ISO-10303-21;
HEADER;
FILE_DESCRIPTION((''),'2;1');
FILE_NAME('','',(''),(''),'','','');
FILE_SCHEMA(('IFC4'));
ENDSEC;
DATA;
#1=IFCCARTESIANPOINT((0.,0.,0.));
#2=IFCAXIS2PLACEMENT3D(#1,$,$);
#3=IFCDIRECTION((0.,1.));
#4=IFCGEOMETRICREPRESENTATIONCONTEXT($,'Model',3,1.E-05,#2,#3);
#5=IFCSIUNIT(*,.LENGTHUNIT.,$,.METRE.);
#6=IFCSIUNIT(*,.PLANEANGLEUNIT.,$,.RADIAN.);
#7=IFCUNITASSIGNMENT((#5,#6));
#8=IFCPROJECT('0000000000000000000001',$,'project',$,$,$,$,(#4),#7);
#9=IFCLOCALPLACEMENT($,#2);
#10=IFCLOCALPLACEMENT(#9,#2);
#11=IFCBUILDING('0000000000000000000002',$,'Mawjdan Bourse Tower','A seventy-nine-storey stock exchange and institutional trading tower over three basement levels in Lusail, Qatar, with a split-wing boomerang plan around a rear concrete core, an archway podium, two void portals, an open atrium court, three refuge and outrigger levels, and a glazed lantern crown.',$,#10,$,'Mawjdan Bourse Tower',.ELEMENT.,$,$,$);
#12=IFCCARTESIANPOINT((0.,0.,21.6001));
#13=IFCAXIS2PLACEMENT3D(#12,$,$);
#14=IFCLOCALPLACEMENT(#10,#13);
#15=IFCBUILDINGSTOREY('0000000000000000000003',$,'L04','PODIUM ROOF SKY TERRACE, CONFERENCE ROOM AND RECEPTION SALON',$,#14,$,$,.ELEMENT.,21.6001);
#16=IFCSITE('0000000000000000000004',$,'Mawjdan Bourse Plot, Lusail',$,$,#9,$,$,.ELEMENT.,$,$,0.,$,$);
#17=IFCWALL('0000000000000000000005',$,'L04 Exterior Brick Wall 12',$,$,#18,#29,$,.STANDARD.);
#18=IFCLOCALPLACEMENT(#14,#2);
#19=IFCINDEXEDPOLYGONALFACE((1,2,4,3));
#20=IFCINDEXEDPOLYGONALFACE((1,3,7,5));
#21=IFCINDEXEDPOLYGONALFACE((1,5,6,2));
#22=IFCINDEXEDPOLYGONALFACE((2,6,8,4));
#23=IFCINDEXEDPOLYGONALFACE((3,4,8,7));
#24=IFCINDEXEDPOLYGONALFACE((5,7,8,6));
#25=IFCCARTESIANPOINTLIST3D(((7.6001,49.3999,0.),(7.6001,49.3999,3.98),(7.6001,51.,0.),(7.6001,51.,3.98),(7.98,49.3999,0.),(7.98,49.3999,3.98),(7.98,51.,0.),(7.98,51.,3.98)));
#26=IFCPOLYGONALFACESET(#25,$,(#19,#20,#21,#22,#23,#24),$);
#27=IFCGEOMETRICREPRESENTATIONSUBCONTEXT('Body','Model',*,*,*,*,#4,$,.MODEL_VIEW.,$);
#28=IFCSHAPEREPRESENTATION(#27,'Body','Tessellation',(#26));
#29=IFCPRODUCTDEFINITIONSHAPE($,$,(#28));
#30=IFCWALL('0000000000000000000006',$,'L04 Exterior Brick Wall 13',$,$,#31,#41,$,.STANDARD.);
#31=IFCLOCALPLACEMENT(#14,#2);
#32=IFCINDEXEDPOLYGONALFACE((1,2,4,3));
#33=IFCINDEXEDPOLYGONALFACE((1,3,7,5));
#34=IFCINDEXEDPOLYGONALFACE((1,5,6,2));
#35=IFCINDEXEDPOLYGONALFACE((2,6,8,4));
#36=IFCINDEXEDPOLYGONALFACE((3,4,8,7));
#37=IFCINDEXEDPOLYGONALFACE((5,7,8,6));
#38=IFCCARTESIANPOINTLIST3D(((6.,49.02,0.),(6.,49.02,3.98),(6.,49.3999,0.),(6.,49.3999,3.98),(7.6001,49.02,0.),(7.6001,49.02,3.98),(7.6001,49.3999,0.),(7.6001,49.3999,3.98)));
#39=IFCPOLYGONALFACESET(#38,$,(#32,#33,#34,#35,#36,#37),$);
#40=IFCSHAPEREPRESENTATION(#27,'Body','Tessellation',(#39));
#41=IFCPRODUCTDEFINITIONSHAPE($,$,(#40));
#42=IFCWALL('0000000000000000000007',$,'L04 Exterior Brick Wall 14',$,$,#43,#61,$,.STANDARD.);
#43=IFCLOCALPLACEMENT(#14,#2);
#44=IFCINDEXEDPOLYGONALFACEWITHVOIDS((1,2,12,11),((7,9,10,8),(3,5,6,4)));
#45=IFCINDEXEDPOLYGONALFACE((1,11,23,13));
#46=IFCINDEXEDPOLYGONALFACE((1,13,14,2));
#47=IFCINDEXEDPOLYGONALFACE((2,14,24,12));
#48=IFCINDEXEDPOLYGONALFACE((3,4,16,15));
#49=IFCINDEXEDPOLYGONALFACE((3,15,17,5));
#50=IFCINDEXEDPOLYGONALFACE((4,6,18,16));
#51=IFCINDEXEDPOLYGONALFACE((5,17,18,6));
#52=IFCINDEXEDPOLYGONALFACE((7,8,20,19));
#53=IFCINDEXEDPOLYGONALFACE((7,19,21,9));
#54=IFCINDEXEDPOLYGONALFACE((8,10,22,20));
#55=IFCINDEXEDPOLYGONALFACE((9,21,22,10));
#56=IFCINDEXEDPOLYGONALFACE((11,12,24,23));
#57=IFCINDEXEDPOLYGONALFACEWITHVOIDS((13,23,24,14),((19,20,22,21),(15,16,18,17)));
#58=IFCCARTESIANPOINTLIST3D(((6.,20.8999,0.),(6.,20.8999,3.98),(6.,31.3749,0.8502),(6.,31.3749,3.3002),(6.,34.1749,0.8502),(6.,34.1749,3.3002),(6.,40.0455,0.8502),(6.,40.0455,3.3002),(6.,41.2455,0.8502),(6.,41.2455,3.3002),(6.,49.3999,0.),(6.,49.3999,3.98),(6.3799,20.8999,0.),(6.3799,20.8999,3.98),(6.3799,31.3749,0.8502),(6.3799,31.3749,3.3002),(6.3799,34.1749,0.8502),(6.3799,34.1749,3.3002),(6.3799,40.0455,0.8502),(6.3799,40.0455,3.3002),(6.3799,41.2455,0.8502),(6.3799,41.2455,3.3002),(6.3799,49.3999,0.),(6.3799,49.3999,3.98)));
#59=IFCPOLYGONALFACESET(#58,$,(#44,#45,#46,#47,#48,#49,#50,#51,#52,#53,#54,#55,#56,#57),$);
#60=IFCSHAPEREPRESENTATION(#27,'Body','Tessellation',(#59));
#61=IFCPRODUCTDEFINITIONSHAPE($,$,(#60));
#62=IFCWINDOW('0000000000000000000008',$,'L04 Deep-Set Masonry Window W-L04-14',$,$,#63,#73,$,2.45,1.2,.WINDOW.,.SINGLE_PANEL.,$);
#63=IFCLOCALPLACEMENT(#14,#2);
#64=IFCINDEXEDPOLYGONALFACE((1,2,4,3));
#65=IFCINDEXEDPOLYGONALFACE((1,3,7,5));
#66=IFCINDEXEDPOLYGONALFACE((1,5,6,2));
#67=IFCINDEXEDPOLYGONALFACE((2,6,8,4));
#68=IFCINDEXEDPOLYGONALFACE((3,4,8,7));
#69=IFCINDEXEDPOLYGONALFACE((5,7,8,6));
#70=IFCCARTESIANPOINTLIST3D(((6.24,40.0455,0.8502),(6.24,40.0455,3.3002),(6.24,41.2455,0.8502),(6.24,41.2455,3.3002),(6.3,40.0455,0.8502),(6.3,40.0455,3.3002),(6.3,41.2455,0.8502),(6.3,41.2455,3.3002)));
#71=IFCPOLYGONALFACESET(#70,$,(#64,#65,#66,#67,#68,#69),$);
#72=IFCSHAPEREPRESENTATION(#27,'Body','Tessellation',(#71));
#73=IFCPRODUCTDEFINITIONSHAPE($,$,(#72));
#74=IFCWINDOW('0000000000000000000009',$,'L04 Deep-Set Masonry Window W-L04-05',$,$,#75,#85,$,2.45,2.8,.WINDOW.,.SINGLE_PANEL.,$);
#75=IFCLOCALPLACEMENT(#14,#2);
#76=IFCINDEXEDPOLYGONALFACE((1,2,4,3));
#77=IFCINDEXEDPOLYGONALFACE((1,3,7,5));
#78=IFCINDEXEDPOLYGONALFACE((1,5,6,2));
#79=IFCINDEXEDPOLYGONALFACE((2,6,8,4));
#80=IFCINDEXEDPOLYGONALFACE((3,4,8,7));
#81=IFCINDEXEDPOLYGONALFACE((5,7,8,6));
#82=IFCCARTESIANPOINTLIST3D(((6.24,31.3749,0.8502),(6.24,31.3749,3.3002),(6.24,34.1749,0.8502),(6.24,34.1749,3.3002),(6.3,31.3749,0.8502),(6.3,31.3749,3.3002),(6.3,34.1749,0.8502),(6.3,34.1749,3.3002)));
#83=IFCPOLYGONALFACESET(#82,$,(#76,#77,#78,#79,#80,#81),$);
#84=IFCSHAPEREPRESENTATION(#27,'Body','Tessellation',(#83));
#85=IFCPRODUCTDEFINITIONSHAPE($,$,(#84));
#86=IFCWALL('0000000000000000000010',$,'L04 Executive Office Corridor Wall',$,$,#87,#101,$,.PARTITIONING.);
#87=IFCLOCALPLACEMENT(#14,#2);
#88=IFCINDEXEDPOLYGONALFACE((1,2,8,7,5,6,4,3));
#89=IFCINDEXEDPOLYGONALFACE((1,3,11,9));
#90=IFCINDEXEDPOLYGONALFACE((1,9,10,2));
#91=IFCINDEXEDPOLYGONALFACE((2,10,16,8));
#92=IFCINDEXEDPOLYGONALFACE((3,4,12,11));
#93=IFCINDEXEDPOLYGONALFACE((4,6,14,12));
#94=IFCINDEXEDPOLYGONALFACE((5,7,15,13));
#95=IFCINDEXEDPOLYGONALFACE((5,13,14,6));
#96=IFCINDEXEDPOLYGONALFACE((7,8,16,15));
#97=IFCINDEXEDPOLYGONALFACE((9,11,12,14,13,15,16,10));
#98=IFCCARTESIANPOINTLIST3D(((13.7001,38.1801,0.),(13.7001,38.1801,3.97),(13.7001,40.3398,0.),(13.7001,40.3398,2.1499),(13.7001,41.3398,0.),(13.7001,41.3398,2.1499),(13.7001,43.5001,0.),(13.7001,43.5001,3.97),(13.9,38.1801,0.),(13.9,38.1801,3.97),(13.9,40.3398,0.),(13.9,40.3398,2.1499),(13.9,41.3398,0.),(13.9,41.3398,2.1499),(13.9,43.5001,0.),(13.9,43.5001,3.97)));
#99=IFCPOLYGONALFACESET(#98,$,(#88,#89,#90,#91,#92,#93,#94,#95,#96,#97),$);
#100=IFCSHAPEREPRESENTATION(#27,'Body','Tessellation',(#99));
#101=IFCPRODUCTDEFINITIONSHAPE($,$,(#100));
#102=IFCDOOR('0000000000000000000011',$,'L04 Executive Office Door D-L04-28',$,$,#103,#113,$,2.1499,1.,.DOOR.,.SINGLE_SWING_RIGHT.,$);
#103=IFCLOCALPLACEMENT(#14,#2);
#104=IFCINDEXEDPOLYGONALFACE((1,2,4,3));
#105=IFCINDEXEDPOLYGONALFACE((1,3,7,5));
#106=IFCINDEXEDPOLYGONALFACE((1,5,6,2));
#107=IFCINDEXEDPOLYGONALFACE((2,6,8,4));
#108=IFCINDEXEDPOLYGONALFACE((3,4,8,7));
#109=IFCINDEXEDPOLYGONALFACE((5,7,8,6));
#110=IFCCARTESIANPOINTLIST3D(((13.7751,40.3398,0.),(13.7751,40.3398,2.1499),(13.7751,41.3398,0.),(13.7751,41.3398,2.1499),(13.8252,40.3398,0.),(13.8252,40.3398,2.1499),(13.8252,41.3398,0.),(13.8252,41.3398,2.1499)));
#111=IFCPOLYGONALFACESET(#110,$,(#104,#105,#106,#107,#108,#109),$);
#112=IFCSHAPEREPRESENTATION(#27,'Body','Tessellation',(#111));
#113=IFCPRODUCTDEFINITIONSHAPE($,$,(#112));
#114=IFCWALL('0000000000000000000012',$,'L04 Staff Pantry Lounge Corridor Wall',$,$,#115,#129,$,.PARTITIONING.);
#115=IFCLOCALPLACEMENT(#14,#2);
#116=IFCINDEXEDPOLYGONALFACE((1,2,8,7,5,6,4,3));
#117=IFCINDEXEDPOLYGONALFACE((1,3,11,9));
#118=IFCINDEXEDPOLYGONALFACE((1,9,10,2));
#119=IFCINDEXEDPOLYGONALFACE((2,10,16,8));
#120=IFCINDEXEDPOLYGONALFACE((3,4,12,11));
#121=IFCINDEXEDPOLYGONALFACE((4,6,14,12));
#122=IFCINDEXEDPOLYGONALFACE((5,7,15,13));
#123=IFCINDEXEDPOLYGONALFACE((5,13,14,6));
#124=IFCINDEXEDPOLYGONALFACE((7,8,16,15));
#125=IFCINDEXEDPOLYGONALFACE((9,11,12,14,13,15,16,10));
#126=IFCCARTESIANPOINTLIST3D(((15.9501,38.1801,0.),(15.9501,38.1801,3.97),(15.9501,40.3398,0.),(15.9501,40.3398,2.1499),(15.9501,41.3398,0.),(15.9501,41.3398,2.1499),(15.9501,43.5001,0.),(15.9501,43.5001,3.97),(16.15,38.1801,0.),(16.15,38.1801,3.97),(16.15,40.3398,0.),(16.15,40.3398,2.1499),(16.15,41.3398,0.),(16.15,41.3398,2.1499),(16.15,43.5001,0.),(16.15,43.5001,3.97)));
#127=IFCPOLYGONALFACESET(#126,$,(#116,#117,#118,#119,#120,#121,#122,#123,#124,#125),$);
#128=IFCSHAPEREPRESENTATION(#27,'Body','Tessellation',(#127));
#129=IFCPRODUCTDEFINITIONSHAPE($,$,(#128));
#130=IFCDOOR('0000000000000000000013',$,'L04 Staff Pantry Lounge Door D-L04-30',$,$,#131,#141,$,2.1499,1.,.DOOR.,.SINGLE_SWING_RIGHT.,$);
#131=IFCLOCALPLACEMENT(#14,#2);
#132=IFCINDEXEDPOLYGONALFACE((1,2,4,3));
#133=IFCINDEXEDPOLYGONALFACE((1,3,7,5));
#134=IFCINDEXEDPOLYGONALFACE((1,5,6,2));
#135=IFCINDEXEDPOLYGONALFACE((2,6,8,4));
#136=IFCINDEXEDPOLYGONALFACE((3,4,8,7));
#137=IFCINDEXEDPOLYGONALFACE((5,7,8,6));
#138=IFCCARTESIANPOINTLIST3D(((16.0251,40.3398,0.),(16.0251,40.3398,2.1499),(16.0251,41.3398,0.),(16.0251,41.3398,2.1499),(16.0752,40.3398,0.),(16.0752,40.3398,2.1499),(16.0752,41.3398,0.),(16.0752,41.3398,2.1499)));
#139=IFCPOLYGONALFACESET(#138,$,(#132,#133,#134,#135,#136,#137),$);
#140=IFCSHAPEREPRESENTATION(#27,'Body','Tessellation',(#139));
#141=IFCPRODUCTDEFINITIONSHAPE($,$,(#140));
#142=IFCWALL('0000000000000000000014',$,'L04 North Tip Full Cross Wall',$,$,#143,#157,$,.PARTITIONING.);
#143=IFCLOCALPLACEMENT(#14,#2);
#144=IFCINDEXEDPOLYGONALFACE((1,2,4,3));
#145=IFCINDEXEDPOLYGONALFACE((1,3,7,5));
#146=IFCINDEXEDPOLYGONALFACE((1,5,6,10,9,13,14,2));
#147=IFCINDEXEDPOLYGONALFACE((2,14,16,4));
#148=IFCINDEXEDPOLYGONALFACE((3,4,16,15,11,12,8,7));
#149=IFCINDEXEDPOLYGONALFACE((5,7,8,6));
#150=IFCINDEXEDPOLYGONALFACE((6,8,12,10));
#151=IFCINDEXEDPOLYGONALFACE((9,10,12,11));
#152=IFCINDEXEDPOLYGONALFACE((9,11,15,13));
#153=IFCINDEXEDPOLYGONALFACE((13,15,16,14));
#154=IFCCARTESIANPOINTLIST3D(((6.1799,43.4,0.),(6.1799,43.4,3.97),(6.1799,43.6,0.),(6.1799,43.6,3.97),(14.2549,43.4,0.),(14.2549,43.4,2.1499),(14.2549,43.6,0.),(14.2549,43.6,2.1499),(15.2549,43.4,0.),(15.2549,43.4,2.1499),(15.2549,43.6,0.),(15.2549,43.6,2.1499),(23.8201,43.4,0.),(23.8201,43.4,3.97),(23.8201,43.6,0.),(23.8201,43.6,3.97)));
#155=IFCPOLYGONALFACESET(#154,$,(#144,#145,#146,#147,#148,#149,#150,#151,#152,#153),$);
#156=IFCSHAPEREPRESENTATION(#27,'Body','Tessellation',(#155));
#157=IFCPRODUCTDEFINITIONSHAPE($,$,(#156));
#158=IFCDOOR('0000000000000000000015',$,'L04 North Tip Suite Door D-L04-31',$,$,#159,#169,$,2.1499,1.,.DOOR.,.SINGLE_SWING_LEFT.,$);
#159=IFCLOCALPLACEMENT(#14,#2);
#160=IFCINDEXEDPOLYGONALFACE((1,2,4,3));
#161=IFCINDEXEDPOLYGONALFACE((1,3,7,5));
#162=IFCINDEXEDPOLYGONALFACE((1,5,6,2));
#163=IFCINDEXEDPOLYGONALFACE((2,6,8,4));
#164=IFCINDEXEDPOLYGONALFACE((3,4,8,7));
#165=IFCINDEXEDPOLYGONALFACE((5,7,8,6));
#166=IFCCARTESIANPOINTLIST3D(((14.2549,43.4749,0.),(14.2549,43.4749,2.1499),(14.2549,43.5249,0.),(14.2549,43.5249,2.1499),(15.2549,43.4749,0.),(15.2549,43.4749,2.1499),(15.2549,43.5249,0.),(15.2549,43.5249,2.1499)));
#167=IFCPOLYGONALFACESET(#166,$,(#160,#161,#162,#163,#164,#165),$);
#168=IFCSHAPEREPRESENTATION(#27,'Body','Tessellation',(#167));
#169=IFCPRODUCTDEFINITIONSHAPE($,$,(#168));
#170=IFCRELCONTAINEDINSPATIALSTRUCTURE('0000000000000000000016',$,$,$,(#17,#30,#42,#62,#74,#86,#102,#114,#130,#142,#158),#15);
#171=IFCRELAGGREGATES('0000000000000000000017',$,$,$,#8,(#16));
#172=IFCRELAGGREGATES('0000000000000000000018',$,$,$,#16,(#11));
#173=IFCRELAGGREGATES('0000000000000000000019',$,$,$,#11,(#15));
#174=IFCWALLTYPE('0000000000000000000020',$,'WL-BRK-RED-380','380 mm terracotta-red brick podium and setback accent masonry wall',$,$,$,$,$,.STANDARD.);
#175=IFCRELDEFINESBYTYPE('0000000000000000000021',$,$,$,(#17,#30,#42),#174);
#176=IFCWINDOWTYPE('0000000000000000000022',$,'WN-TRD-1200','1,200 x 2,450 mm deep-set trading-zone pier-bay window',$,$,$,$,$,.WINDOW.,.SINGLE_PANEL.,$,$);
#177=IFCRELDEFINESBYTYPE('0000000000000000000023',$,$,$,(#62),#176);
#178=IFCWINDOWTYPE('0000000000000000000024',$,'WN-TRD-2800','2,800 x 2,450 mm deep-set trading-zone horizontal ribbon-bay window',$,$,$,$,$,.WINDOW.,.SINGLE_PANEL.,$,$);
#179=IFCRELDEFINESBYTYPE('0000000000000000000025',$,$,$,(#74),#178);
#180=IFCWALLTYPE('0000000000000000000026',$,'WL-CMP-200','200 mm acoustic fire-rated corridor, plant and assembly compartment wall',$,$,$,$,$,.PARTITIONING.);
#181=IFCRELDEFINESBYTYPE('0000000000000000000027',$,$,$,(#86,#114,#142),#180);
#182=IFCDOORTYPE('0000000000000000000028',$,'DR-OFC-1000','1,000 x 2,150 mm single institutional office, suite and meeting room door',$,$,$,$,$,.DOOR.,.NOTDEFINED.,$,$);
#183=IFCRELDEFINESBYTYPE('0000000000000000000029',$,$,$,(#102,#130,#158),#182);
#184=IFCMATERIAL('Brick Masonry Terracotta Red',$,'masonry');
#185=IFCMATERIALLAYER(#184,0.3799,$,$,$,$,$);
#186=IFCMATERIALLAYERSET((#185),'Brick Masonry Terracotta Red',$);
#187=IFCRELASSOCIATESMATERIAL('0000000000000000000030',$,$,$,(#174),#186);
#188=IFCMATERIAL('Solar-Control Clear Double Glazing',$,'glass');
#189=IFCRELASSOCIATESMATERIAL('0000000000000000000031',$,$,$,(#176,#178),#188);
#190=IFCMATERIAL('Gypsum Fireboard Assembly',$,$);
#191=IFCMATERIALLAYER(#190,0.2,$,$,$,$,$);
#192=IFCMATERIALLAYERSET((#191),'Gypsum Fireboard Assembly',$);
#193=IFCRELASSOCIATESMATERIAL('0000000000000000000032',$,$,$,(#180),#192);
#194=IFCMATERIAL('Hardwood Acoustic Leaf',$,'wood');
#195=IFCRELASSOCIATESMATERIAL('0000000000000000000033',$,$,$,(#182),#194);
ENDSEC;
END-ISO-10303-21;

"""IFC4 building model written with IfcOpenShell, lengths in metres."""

from ifc_helpers import new_model, si_unit, direction, frame, frame_2d, origin, place, context, subcontext, project, spatial, rectangle, extrude, material, layer, layer_set, type_object, element, fill, save


model = new_model("IFC4")

# Units and contexts
model_context = context("Model", 3, precision=1e-05, world=origin(), true_north=direction((0.0, 1.0)))
body_context = subcontext(model_context, "Body", "Model", "MODEL_VIEW")
ifc_project = project(units=[si_unit("LENGTHUNIT", "METRE"), si_unit("PLANEANGLEUNIT", "RADIAN")], contexts=[model_context])

# Site, building, storey
site_placement = place(None, origin())
site = spatial("IfcSite", under=ifc_project, at=site_placement, Name="Mawjdan Bourse Plot, Lusail", CompositionType="ELEMENT", RefElevation=0.0)
building_placement = place(site_placement, origin())
building = spatial("IfcBuilding", under=site, at=building_placement, Name="Mawjdan Bourse Tower", Description="A seventy-nine-storey stock exchange and institutional trading tower over three basement levels in Lusail, Qatar, with a split-wing boomerang plan around a rear concrete core, an archway podium, two void portals, an open atrium court, three refuge and outrigger levels, and a glazed lantern crown.", LongName="Mawjdan Bourse Tower", CompositionType="ELEMENT")
storey_placement = place(building_placement, frame((0.0, 0.0, 21.6001)))
storey = spatial("IfcBuildingStorey", under=building, at=storey_placement, Name="L04", Description="PODIUM ROOF SKY TERRACE, CONFERENCE ROOM AND RECEPTION SALON", CompositionType="ELEMENT", Elevation=21.6001)

# Walls
ifc_material_1 = material(Name="Brick Masonry Terracotta Red", Category="masonry")
ifc_layer_1 = layer(ifc_material_1, 0.3799)
ifc_layer_set_1 = layer_set([ifc_layer_1], Name="Brick Masonry Terracotta Red")
wall_type_1 = type_object("IfcWallType", Name="WL-BRK-RED-380", Description="380 mm terracotta-red brick podium and setback accent masonry wall", PredefinedType="STANDARD", material=ifc_layer_set_1)
for number, where, z_axis, x_axis, name in (
    (1, (7.79, 51.0, 0.0), (0.0, 0.0, 1.0), (0.0, -1.0, 0.0), "L04 Exterior Brick Wall 12"),
    (2, (7.6001, 49.21, 0.0), (0.0, 0.0, 1.0), (-1.0, 0.0, 0.0), "L04 Exterior Brick Wall 13"),
):
    element("IfcWall", number, at=place(storey_placement, frame(where, z_axis=z_axis, x_axis=x_axis)), inside=storey, type_object=wall_type_1, Name=name, PredefinedType="STANDARD", context=body_context, shape_type="SweptSolid", body=[
        extrude(rectangle(XDim=1.6001, YDim=0.3799, at=frame_2d((0.8, 0.0))), origin(), (0.0, 0.0, 1.0), 3.98),
    ])

# Wall, openings, windows
wall_1_placement = place(storey_placement, frame((6.1899, 49.3999, 0.0), z_axis=(0.0, 0.0, 1.0), x_axis=(0.0, -1.0, 0.0)))
wall_1 = element("IfcWall", 3, at=wall_1_placement, inside=storey, type_object=wall_type_1, Name="L04 Exterior Brick Wall 14", PredefinedType="STANDARD", context=body_context, shape_type="SweptSolid", body=[
    extrude(rectangle(XDim=28.5, YDim=0.3799, at=frame_2d((14.25, 0.0))), origin(), (0.0, 0.0, 1.0), 3.98),
])
opening_1_placement = place(wall_1_placement, frame((15.2251, 0.0, 0.8501)))
opening_1 = element("IfcOpeningElement", 4, at=opening_1_placement, cuts=wall_1, PredefinedType="OPENING", context=body_context, shape_type="SweptSolid", body=[
    extrude(rectangle(XDim=2.8, YDim=2.45, at=frame_2d((1.3999, 1.2251))), frame((0.0, 0.2, 0.0), z_axis=(0.0, -1.0, 0.0), x_axis=(1.0, 0.0, 0.0)), (0.0, 0.0, 1.0), 0.3999),
])
opening_2_placement = place(wall_1_placement, frame((8.1543, 0.0, 0.8501)))
opening_2 = element("IfcOpeningElement", 5, at=opening_2_placement, cuts=wall_1, PredefinedType="OPENING", context=body_context, shape_type="SweptSolid", body=[
    extrude(rectangle(XDim=1.2, YDim=2.45, at=frame_2d((0.6001, 1.2251))), frame((0.0, 0.2, 0.0), z_axis=(0.0, -1.0, 0.0), x_axis=(1.0, 0.0, 0.0)), (0.0, 0.0, 1.0), 0.3999),
])
ifc_material_2 = material(Name="Solar-Control Clear Double Glazing", Category="glass")
window_type_1 = type_object("IfcWindowType", Name="WN-TRD-1200", Description="1,200 x 2,450 mm deep-set trading-zone pier-bay window", PartitioningType="SINGLE_PANEL", PredefinedType="WINDOW", material=ifc_material_2)
window_1_placement = place(opening_2_placement, origin())
window_1 = element("IfcWindow", 6, at=window_1_placement, inside=storey, type_object=window_type_1, Name="L04 Deep-Set Masonry Window W-L04-14", OverallHeight=2.45, OverallWidth=1.2, PartitioningType="SINGLE_PANEL", PredefinedType="WINDOW", context=body_context, shape_type="SweptSolid", body=[
    extrude(rectangle(XDim=1.2, YDim=2.45, at=frame_2d((0.6001, 1.2251))), frame((0.0, 0.1101, 0.0), z_axis=(0.0, -1.0, 0.0), x_axis=(1.0, 0.0, 0.0)), (0.0, 0.0, 1.0), 0.0601),
])
fill(opening_2, window_1)
window_type_2 = type_object("IfcWindowType", Name="WN-TRD-2800", Description="2,800 x 2,450 mm deep-set trading-zone horizontal ribbon-bay window", PartitioningType="SINGLE_PANEL", PredefinedType="WINDOW", material=ifc_material_2)
window_2_placement = place(opening_1_placement, origin())
window_2 = element("IfcWindow", 7, at=window_2_placement, inside=storey, type_object=window_type_2, Name="L04 Deep-Set Masonry Window W-L04-05", OverallHeight=2.45, OverallWidth=2.8, PartitioningType="SINGLE_PANEL", PredefinedType="WINDOW", context=body_context, shape_type="SweptSolid", body=[
    extrude(rectangle(XDim=2.8, YDim=2.45, at=frame_2d((1.3999, 1.2251))), frame((0.0, 0.1101, 0.0), z_axis=(0.0, -1.0, 0.0), x_axis=(1.0, 0.0, 0.0)), (0.0, 0.0, 1.0), 0.0601),
])
fill(opening_1, window_2)

# Walls, openings, doors
ifc_material_3 = material(Name="Gypsum Fireboard Assembly")
ifc_layer_2 = layer(ifc_material_3, 0.2)
ifc_layer_set_2 = layer_set([ifc_layer_2], Name="Gypsum Fireboard Assembly")
wall_type_2 = type_object("IfcWallType", Name="WL-CMP-200", Description="200 mm acoustic fire-rated corridor, plant and assembly compartment wall", PredefinedType="PARTITIONING", material=ifc_layer_set_2)
wall_2_placement = place(storey_placement, frame((13.8, 38.1799, 0.0), z_axis=(0.0, 0.0, 1.0), x_axis=(0.0, 1.0, 0.0)))
wall_2 = element("IfcWall", 8, at=wall_2_placement, inside=storey, type_object=wall_type_2, Name="L04 Executive Office Corridor Wall", PredefinedType="PARTITIONING", context=body_context, shape_type="SweptSolid", body=[
    extrude(rectangle(XDim=5.3201, YDim=0.2, at=frame_2d((2.6602, 0.0))), origin(), (0.0, 0.0, 1.0), 3.97),
])
opening_3_placement = place(wall_2_placement, frame((2.1599, 0.0, 0.0)))
opening_3 = element("IfcOpeningElement", 9, at=opening_3_placement, cuts=wall_2, PredefinedType="OPENING", context=body_context, shape_type="SweptSolid", body=[
    extrude(rectangle(XDim=1.0, YDim=2.1499, at=frame_2d((0.5, 1.075))), frame((0.0, 0.1099, 0.0), z_axis=(0.0, -1.0, 0.0), x_axis=(1.0, 0.0, 0.0)), (0.0, 0.0, 1.0), 0.22),
])
ifc_material_4 = material(Name="Hardwood Acoustic Leaf", Category="wood")
door_type = type_object("IfcDoorType", Name="DR-OFC-1000", Description="1,000 x 2,150 mm single institutional office, suite and meeting room door", OperationType="NOTDEFINED", PredefinedType="DOOR", material=ifc_material_4)
door_1_placement = place(opening_3_placement, origin())
door_1 = element("IfcDoor", 10, at=door_1_placement, inside=storey, type_object=door_type, Name="L04 Executive Office Door D-L04-28", OperationType="SINGLE_SWING_RIGHT", OverallHeight=2.1499, OverallWidth=1.0, PredefinedType="DOOR", context=body_context, shape_type="SweptSolid", body=[
    extrude(rectangle(XDim=1.0, YDim=2.1499, at=frame_2d((0.5, 1.075))), frame((0.0, 0.0249, 0.0), z_axis=(0.0, -1.0, 0.0), x_axis=(1.0, 0.0, 0.0)), (0.0, 0.0, 1.0), 0.05),
])
fill(opening_3, door_1)
wall_3_placement = place(storey_placement, frame((16.05, 38.1799, 0.0), z_axis=(0.0, 0.0, 1.0), x_axis=(0.0, 1.0, 0.0)))
wall_3 = element("IfcWall", 11, at=wall_3_placement, inside=storey, type_object=wall_type_2, Name="L04 Staff Pantry Lounge Corridor Wall", PredefinedType="PARTITIONING", context=body_context, shape_type="SweptSolid", body=[
    extrude(rectangle(XDim=5.3201, YDim=0.2, at=frame_2d((2.6602, 0.0))), origin(), (0.0, 0.0, 1.0), 3.97),
])
opening_4_placement = place(wall_3_placement, frame((2.1599, 0.0, 0.0)))
opening_4 = element("IfcOpeningElement", 12, at=opening_4_placement, cuts=wall_3, PredefinedType="OPENING", context=body_context, shape_type="SweptSolid", body=[
    extrude(rectangle(XDim=1.0, YDim=2.1499, at=frame_2d((0.5, 1.075))), frame((0.0, 0.1099, 0.0), z_axis=(0.0, -1.0, 0.0), x_axis=(1.0, 0.0, 0.0)), (0.0, 0.0, 1.0), 0.22),
])
door_2_placement = place(opening_4_placement, origin())
door_2 = element("IfcDoor", 13, at=door_2_placement, inside=storey, type_object=door_type, Name="L04 Staff Pantry Lounge Door D-L04-30", OperationType="SINGLE_SWING_RIGHT", OverallHeight=2.1499, OverallWidth=1.0, PredefinedType="DOOR", context=body_context, shape_type="SweptSolid", body=[
    extrude(rectangle(XDim=1.0, YDim=2.1499, at=frame_2d((0.5, 1.075))), frame((0.0, 0.0249, 0.0), z_axis=(0.0, -1.0, 0.0), x_axis=(1.0, 0.0, 0.0)), (0.0, 0.0, 1.0), 0.05),
])
fill(opening_4, door_2)
wall_4_placement = place(storey_placement, frame((6.1799, 43.5, 0.0), z_axis=(0.0, 0.0, 1.0), x_axis=(1.0, 0.0, 0.0)))
wall_4 = element("IfcWall", 14, at=wall_4_placement, inside=storey, type_object=wall_type_2, Name="L04 North Tip Full Cross Wall", PredefinedType="PARTITIONING", context=body_context, shape_type="SweptSolid", body=[
    extrude(rectangle(XDim=17.6401, YDim=0.2, at=frame_2d((8.8201, 0.0))), origin(), (0.0, 0.0, 1.0), 3.97),
])
opening_5_placement = place(wall_4_placement, frame((8.075, 0.0, 0.0)))
opening_5 = element("IfcOpeningElement", 15, at=opening_5_placement, cuts=wall_4, PredefinedType="OPENING", context=body_context, shape_type="SweptSolid", body=[
    extrude(rectangle(XDim=1.0, YDim=2.1499, at=frame_2d((0.5, 1.075))), frame((0.0, 0.1099, 0.0), z_axis=(0.0, -1.0, 0.0), x_axis=(1.0, 0.0, 0.0)), (0.0, 0.0, 1.0), 0.22),
])
door_3_placement = place(opening_5_placement, origin())
door_3 = element("IfcDoor", 16, at=door_3_placement, inside=storey, type_object=door_type, Name="L04 North Tip Suite Door D-L04-31", OperationType="SINGLE_SWING_LEFT", OverallHeight=2.1499, OverallWidth=1.0, PredefinedType="DOOR", context=body_context, shape_type="SweptSolid", body=[
    extrude(rectangle(XDim=1.0, YDim=2.1499, at=frame_2d((0.5, 1.075))), frame((0.0, 0.0249, 0.0), z_axis=(0.0, -1.0, 0.0), x_axis=(1.0, 0.0, 0.0)), (0.0, 0.0, 1.0), 0.05),
])
fill(opening_5, door_3)

save(model, "model.ifc")
